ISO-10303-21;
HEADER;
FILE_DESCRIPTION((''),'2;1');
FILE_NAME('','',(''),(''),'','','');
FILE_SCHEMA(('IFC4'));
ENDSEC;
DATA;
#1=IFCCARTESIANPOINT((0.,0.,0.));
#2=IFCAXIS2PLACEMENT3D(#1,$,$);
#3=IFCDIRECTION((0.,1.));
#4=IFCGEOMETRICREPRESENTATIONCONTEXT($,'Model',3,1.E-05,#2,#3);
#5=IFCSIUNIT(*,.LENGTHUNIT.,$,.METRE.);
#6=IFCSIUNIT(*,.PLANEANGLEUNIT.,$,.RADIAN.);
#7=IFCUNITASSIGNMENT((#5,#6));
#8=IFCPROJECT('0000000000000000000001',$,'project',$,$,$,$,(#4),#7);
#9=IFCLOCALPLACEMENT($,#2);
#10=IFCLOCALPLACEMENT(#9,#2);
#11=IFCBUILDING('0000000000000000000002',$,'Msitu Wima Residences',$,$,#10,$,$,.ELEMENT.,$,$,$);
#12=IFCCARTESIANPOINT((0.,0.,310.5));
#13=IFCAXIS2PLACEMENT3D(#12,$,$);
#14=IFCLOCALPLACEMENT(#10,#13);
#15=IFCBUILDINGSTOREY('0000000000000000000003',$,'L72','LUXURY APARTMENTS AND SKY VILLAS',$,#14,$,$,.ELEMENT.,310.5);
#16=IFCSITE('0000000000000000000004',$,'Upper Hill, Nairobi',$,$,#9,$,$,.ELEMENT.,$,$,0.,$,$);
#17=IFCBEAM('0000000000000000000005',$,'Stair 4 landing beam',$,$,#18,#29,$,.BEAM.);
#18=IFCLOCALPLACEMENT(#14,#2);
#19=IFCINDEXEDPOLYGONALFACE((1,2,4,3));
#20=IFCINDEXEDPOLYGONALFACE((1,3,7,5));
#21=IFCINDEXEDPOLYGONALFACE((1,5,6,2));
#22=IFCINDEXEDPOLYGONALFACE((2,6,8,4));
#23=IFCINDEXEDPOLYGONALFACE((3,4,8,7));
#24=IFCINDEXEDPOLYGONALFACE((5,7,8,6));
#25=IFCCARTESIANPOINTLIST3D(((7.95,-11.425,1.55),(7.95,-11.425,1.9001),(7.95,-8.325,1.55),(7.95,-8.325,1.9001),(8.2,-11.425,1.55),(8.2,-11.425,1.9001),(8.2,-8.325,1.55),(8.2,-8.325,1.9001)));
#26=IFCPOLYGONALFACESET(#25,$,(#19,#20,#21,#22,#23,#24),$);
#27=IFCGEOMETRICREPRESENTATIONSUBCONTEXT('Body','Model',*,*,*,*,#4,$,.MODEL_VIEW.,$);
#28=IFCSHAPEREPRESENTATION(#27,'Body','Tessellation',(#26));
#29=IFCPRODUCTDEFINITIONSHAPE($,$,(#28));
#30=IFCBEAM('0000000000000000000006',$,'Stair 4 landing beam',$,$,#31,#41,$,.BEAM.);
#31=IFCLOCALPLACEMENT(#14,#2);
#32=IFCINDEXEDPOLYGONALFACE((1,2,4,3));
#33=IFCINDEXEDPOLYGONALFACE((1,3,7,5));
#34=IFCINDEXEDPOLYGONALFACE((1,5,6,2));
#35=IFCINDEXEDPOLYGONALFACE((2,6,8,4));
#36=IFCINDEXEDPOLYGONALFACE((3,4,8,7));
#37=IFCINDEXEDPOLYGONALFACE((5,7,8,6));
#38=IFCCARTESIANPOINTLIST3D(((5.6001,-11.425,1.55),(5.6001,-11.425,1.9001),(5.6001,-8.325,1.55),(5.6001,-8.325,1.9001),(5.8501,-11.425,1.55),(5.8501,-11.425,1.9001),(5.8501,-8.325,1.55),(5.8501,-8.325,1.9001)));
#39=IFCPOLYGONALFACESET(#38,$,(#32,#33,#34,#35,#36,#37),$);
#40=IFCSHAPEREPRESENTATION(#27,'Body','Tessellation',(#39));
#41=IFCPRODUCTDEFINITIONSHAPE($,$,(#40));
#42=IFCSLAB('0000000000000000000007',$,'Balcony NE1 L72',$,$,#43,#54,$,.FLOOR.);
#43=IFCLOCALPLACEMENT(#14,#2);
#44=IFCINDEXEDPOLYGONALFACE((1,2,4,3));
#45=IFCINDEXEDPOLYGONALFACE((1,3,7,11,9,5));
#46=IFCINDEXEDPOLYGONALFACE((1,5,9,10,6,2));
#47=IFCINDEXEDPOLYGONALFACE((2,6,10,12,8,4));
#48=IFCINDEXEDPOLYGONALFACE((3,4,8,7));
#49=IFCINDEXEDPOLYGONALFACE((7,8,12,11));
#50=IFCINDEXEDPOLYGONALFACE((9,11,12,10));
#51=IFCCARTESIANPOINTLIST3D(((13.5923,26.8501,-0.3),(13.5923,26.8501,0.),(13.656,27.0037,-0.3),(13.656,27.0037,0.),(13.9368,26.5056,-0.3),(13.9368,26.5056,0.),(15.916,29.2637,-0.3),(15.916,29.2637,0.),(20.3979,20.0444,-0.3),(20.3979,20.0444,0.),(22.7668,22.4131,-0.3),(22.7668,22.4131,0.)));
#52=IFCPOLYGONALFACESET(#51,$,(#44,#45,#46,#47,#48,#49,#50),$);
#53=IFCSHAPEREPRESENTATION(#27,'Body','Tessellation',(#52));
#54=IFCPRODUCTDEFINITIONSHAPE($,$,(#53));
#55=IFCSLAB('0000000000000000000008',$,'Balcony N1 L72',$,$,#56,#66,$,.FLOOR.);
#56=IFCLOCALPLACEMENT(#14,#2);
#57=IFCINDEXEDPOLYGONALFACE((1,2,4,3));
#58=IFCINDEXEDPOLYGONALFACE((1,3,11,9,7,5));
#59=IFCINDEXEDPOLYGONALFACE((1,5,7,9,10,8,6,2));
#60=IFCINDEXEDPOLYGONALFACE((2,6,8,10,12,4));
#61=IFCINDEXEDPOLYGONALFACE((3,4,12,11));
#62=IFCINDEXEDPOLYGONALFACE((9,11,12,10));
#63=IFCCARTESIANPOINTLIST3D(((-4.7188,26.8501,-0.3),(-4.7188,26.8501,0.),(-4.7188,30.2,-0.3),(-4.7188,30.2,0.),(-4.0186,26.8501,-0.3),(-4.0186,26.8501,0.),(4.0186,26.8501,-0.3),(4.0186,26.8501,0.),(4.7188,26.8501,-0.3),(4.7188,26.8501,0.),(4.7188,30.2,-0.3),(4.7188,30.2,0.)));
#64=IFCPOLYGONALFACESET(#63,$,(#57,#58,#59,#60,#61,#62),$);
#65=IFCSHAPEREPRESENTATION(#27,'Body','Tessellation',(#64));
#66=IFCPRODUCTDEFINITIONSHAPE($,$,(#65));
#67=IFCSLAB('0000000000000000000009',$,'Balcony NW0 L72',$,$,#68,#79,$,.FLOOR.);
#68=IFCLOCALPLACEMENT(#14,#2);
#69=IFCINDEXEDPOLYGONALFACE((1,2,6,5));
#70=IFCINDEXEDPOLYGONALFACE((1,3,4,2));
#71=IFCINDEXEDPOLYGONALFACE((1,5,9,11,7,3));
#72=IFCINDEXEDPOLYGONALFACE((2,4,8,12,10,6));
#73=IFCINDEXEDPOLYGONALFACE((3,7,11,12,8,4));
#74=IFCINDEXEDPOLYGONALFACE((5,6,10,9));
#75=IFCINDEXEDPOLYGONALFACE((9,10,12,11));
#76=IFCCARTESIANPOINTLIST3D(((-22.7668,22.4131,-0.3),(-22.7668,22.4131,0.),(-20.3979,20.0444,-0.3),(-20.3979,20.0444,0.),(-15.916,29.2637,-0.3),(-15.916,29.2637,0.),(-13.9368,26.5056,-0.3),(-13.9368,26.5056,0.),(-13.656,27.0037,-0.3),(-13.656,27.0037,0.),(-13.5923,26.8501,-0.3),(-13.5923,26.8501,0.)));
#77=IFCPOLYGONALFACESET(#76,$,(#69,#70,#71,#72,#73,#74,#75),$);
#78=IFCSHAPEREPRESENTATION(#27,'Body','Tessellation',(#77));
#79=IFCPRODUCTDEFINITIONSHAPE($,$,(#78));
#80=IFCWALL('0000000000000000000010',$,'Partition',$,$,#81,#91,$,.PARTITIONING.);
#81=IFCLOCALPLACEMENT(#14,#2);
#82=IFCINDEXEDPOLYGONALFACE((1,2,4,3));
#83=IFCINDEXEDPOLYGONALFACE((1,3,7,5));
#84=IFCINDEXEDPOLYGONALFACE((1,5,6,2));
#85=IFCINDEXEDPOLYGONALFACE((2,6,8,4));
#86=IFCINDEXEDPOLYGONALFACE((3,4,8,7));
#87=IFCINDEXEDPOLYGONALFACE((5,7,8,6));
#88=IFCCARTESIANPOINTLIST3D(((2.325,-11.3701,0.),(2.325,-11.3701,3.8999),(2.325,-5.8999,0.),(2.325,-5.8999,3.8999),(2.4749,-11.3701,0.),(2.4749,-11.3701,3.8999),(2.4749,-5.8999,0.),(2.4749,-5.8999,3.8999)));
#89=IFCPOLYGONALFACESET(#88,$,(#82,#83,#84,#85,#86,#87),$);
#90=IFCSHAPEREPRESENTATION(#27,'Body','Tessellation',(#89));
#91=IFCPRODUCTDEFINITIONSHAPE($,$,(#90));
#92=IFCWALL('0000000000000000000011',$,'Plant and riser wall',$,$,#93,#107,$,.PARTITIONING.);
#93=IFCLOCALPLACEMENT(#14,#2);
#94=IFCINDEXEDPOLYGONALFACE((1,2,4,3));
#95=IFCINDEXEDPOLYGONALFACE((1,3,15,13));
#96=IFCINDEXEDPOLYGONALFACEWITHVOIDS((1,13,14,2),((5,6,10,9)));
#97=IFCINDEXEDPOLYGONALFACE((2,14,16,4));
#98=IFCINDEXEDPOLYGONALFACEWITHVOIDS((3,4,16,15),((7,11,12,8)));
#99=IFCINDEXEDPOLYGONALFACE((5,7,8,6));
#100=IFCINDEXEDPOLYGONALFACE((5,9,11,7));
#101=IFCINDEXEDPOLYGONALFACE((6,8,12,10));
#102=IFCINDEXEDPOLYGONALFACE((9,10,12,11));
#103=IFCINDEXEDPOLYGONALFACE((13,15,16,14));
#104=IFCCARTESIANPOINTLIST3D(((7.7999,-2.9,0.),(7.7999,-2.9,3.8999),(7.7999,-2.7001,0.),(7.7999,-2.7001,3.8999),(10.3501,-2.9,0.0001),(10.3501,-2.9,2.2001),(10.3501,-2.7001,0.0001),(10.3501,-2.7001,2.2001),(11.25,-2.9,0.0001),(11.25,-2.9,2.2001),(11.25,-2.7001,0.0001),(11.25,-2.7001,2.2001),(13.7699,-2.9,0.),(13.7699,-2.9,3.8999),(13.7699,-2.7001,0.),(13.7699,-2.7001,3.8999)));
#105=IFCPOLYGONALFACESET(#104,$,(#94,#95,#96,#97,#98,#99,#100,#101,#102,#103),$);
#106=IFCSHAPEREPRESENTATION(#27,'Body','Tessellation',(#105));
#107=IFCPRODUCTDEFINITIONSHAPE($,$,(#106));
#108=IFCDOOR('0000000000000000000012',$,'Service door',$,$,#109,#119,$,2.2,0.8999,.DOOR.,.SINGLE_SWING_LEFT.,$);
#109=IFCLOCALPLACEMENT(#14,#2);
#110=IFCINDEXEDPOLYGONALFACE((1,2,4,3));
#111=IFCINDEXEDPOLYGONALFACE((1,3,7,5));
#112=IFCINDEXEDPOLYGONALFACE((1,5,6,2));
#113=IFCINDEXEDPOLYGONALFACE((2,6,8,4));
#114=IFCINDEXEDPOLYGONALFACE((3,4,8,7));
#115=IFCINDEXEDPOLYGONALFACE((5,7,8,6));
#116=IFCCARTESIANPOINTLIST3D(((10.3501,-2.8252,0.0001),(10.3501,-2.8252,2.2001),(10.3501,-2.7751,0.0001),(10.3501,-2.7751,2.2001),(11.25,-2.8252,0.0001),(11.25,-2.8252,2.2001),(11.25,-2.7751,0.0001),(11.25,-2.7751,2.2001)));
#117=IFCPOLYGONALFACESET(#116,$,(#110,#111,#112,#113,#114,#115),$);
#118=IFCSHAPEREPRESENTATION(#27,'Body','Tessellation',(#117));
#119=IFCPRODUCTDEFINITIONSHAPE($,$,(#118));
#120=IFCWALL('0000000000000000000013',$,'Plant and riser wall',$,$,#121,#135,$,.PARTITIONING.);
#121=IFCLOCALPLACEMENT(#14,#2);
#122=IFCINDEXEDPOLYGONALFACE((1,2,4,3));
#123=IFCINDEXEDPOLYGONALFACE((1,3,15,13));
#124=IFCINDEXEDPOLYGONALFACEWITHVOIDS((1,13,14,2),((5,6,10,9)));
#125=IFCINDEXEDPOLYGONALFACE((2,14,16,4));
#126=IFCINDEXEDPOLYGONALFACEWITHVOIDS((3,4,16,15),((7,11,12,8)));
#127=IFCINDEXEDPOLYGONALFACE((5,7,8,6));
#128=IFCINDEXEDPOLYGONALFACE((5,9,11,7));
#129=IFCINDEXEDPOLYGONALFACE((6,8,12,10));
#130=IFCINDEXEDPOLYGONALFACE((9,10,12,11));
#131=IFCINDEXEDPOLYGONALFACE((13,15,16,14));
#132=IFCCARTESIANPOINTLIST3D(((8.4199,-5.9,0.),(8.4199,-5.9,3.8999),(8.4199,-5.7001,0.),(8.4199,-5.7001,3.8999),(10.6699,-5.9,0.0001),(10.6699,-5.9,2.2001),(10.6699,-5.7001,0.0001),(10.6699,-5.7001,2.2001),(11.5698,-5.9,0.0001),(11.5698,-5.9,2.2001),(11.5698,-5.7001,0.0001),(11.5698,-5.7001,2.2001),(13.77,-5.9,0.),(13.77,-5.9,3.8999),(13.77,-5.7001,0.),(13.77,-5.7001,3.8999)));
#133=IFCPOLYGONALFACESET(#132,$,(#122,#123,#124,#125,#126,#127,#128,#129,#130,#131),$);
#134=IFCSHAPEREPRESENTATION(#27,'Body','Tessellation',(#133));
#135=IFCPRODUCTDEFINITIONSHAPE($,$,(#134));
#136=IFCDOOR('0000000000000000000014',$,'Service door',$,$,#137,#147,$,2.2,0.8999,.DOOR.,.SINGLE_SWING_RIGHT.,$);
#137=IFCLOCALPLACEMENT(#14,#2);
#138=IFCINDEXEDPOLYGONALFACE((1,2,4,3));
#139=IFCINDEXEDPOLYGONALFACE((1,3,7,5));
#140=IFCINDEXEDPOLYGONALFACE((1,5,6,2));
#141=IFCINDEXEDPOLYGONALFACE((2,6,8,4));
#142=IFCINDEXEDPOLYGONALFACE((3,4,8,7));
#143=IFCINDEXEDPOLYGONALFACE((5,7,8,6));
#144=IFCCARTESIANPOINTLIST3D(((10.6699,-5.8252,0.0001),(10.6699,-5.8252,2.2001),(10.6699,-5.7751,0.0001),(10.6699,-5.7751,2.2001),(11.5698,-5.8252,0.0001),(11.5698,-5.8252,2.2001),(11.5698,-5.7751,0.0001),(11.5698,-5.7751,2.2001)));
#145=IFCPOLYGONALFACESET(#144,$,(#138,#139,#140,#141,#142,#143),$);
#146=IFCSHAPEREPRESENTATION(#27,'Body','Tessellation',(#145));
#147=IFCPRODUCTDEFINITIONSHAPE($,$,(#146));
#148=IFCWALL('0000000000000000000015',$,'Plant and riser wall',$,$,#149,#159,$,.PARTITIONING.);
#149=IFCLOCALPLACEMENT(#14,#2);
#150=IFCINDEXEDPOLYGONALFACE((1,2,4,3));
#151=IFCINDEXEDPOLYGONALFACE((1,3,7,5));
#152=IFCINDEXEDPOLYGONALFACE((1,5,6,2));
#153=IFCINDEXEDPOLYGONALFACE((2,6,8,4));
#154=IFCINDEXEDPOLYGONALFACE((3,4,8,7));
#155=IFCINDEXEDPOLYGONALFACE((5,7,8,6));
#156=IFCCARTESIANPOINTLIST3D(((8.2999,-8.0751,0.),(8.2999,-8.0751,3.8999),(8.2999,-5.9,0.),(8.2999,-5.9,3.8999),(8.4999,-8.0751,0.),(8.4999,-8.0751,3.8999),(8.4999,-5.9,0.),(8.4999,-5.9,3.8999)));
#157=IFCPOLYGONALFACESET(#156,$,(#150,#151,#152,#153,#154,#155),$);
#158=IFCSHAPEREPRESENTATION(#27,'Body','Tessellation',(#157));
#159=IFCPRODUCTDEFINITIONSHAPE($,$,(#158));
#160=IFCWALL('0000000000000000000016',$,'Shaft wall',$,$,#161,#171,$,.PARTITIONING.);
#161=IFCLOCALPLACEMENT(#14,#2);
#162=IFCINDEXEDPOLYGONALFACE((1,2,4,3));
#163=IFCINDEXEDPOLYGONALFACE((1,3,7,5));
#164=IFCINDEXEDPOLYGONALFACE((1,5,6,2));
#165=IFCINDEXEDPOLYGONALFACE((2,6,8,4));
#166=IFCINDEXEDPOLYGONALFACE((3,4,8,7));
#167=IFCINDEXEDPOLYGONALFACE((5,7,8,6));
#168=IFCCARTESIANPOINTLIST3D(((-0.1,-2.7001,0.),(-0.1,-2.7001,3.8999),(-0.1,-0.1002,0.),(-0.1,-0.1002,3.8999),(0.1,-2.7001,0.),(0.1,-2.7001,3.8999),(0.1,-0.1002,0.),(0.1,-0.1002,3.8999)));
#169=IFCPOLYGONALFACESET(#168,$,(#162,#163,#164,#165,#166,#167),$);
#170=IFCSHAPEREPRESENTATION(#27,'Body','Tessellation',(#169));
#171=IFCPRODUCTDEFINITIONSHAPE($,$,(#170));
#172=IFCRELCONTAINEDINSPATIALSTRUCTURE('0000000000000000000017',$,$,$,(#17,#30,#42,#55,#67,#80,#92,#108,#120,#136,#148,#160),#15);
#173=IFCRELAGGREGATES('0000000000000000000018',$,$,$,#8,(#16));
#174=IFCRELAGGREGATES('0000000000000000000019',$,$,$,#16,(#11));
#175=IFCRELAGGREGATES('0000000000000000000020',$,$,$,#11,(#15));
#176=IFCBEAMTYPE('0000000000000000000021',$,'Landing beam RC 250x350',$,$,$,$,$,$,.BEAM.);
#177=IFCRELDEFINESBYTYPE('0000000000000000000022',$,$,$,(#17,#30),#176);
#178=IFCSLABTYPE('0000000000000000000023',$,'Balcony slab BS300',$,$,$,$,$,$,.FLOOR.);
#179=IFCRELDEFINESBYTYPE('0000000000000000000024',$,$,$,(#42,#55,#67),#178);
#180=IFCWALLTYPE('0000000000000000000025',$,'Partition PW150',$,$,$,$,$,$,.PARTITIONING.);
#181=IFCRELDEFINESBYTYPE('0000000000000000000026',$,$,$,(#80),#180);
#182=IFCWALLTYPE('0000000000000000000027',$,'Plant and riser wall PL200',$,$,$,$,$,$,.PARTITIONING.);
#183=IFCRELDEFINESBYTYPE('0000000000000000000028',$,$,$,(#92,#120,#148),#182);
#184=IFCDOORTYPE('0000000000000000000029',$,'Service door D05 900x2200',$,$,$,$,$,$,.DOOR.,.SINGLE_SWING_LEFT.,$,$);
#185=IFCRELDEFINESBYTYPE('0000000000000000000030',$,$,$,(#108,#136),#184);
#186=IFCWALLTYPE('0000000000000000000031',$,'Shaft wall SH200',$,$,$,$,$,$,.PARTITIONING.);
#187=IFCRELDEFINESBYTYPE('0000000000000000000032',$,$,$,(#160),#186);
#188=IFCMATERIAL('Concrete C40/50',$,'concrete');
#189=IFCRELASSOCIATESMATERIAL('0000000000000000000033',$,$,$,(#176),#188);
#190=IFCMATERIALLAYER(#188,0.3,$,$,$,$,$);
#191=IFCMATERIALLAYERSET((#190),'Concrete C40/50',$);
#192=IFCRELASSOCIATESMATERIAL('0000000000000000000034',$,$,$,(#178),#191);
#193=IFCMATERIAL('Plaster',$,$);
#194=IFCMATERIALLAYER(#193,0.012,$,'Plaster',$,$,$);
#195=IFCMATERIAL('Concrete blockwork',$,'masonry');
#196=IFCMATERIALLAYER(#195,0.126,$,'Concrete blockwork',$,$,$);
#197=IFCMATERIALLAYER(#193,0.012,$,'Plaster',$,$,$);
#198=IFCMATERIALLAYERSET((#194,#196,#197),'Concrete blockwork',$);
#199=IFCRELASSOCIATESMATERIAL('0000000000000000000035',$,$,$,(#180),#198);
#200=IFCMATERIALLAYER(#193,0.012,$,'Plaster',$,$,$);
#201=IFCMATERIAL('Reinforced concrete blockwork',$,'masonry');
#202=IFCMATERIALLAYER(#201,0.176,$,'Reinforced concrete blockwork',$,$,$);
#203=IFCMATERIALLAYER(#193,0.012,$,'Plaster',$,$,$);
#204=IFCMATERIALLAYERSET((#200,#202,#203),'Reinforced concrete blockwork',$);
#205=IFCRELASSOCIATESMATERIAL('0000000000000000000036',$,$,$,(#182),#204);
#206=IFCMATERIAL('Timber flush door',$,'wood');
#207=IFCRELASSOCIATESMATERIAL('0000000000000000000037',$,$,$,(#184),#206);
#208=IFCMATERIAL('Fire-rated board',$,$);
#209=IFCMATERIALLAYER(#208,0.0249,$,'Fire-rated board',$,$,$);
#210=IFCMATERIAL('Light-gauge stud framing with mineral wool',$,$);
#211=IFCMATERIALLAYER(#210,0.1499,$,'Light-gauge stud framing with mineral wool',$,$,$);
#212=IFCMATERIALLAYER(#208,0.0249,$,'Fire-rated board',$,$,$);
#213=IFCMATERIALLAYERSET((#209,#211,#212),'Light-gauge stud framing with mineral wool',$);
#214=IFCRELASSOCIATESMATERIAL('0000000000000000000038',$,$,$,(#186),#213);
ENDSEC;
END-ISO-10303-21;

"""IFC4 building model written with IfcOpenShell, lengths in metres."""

from ifc_helpers import new_model, si_unit, direction, frame, frame_2d, origin, origin_2d, place, context, subcontext, project, spatial, polyline, rectangle, outline, extrude, material, layer, layer_set, material_profile, profile_set, type_object, element, fill, save


model = new_model("IFC4")

# Units and contexts
model_context = context("Model", 3, precision=1e-05, world=origin(), true_north=direction((0.0, 1.0)))
body_context = subcontext(model_context, "Body", "Model", "MODEL_VIEW")
ifc_project = project(units=[si_unit("LENGTHUNIT", "METRE"), si_unit("PLANEANGLEUNIT", "RADIAN")], contexts=[model_context])

# Site, building, storey
site_placement = place(None, origin())
site = spatial("IfcSite", under=ifc_project, at=site_placement, Name="Upper Hill, Nairobi", CompositionType="ELEMENT", RefElevation=0.0)
building_placement = place(site_placement, origin())
building = spatial("IfcBuilding", under=site, at=building_placement, Name="Msitu Wima Residences", CompositionType="ELEMENT")
storey_placement = place(building_placement, frame((0.0, 0.0, 310.5)))
storey = spatial("IfcBuildingStorey", under=building, at=storey_placement, Name="L72", Description="LUXURY APARTMENTS AND SKY VILLAS", CompositionType="ELEMENT", Elevation=310.5)

# Beams
ifc_material_1 = material(Name="Concrete C40/50", Category="concrete")
ifc_material_profile = material_profile(ifc_material_1, rectangle(XDim=0.25, YDim=0.3501, at=origin_2d()), Name="RC 250x350")
ifc_profile_set = profile_set([ifc_material_profile], Name="Concrete C40/50")
beam_type = type_object("IfcBeamType", Name="Landing beam RC 250x350", PredefinedType="BEAM", material=ifc_profile_set)
for number, where, z_axis, x_axis, name in (
    (1, (8.075, -11.425, 1.7251), (0.0, 1.0, 0.0), (-1.0, 0.0, 0.0), "Stair 4 landing beam"),
    (2, (5.7251, -11.425, 1.7251), (0.0, 1.0, 0.0), (-1.0, 0.0, 0.0), "Stair 4 landing beam"),
):
    element("IfcBeam", number, at=place(storey_placement, frame(where, z_axis=z_axis, x_axis=x_axis)), inside=storey, type_object=beam_type, Name=name, PredefinedType="BEAM", context=body_context, shape_type="SweptSolid", body=[
        extrude(rectangle(XDim=0.25, YDim=0.3501, at=origin_2d()), origin(), (0.0, 0.0, 1.0), 3.1001),
    ])

# Slabs
ifc_layer_1 = layer(ifc_material_1, 0.3)
ifc_layer_set_1 = layer_set([ifc_layer_1], Name="Concrete C40/50")
slab_type = type_object("IfcSlabType", Name="Balcony slab BS300", PredefinedType="FLOOR", material=ifc_layer_set_1)
slab_1_placement = place(storey_placement, frame((0.0, 0.0, -0.3)))
element("IfcSlab", 3, at=slab_1_placement, inside=storey, type_object=slab_type, Name="Balcony NE1 L72", PredefinedType="FLOOR", context=body_context, shape_type="SweptSolid", body=[
    extrude(outline(polyline([(13.9368, 26.5056), (13.9368, 26.5056), (13.5923, 26.8501), (13.656, 27.0037), (15.916, 29.2637), (22.7668, 22.4131), (20.3979, 20.0444), (13.9368, 26.5056), (13.9368, 26.5056)])), origin(), (0.0, 0.0, 1.0), 0.3),
])
slab_2_placement = place(storey_placement, frame((0.0, 0.0, -0.3)))
element("IfcSlab", 4, at=slab_2_placement, inside=storey, type_object=slab_type, Name="Balcony N1 L72", PredefinedType="FLOOR", context=body_context, shape_type="SweptSolid", body=[
    extrude(outline(polyline([(4.0186, 26.8501), (-4.0186, 26.8501), (-4.7188, 26.8501), (-4.7188, 30.2), (4.7188, 30.2), (4.7188, 26.8501), (4.0186, 26.8501)])), origin(), (0.0, 0.0, 1.0), 0.3),
])
slab_3_placement = place(storey_placement, frame((0.0, 0.0, -0.3)))
element("IfcSlab", 5, at=slab_3_placement, inside=storey, type_object=slab_type, Name="Balcony NW0 L72", PredefinedType="FLOOR", context=body_context, shape_type="SweptSolid", body=[
    extrude(outline(polyline([(-13.9368, 26.5056), (-13.9368, 26.5056), (-20.3979, 20.0444), (-22.7668, 22.4131), (-15.916, 29.2637), (-13.656, 27.0037), (-13.5923, 26.8501), (-13.9368, 26.5056), (-13.9368, 26.5056)])), origin(), (0.0, 0.0, 1.0), 0.3),
])

# Wall
ifc_material_2 = material(Name="Plaster")
ifc_layer_2 = layer(ifc_material_2, 0.012, Name="Plaster")
ifc_material_3 = material(Name="Concrete blockwork", Category="masonry")
ifc_layer_3 = layer(ifc_material_3, 0.126, Name="Concrete blockwork")
ifc_layer_4 = layer(ifc_material_2, 0.012, Name="Plaster")
ifc_layer_set_2 = layer_set([ifc_layer_2, ifc_layer_3, ifc_layer_4], Name="Concrete blockwork")
wall_type_1 = type_object("IfcWallType", Name="Partition PW150", PredefinedType="PARTITIONING", material=ifc_layer_set_2)
wall_1_placement = place(storey_placement, frame((2.3999, -11.3701, 0.0), z_axis=(0.0, 0.0, 1.0), x_axis=(0.0, 1.0, 0.0)))
element("IfcWall", 6, at=wall_1_placement, inside=storey, type_object=wall_type_1, Name="Partition", PredefinedType="PARTITIONING", context=body_context, shape_type="SweptSolid", body=[
    extrude(rectangle(XDim=5.4702, YDim=0.1499, at=frame_2d((2.7351, 0.0))), origin(), (0.0, 0.0, 1.0), 3.8999),
])

# Walls, openings, doors
ifc_layer_5 = layer(ifc_material_2, 0.012, Name="Plaster")
ifc_material_4 = material(Name="Reinforced concrete blockwork", Category="masonry")
ifc_layer_6 = layer(ifc_material_4, 0.176, Name="Reinforced concrete blockwork")
ifc_layer_7 = layer(ifc_material_2, 0.012, Name="Plaster")
ifc_layer_set_3 = layer_set([ifc_layer_5, ifc_layer_6, ifc_layer_7], Name="Reinforced concrete blockwork")
wall_type_2 = type_object("IfcWallType", Name="Plant and riser wall PL200", PredefinedType="PARTITIONING", material=ifc_layer_set_3)
wall_2_placement = place(storey_placement, frame((7.8, -2.8, 0.0), z_axis=(0.0, 0.0, 1.0), x_axis=(1.0, 0.0, 0.0)))
wall_2 = element("IfcWall", 7, at=wall_2_placement, inside=storey, type_object=wall_type_2, Name="Plant and riser wall", PredefinedType="PARTITIONING", context=body_context, shape_type="SweptSolid", body=[
    extrude(rectangle(XDim=5.97, YDim=0.2, at=frame_2d((2.9849, 0.0))), origin(), (0.0, 0.0, 1.0), 3.8999),
])
opening_1_placement = place(wall_2_placement, frame((2.55, 0.0, 0.0)))
opening_1 = element("IfcOpeningElement", 8, at=opening_1_placement, cuts=wall_2, PredefinedType="OPENING", context=body_context, shape_type="SweptSolid", body=[
    extrude(rectangle(XDim=0.8999, YDim=2.2, at=frame_2d((0.45, 1.1001))), frame((0.0, 0.1099, 0.0), z_axis=(0.0, -1.0, 0.0), x_axis=(1.0, 0.0, 0.0)), (0.0, 0.0, 1.0), 0.22),
])
ifc_material_5 = material(Name="Timber flush door", Category="wood")
door_type = type_object("IfcDoorType", Name="Service door D05 900x2200", OperationType="SINGLE_SWING_LEFT", PredefinedType="DOOR", material=ifc_material_5)
door_1_placement = place(opening_1_placement, origin())
door_1 = element("IfcDoor", 9, at=door_1_placement, inside=storey, type_object=door_type, Name="Service door", OperationType="SINGLE_SWING_LEFT", OverallHeight=2.2, OverallWidth=0.8999, PredefinedType="DOOR", context=body_context, shape_type="SweptSolid", body=[
    extrude(rectangle(XDim=0.8999, YDim=2.2, at=frame_2d((0.45, 1.1001))), frame((0.0, 0.0249, 0.0), z_axis=(0.0, -1.0, 0.0), x_axis=(1.0, 0.0, 0.0)), (0.0, 0.0, 1.0), 0.05),
])
fill(opening_1, door_1)
wall_3_placement = place(storey_placement, frame((8.4199, -5.8, 0.0), z_axis=(0.0, 0.0, 1.0), x_axis=(1.0, 0.0, 0.0)))
wall_3 = element("IfcWall", 10, at=wall_3_placement, inside=storey, type_object=wall_type_2, Name="Plant and riser wall", PredefinedType="PARTITIONING", context=body_context, shape_type="SweptSolid", body=[
    extrude(rectangle(XDim=5.3501, YDim=0.2, at=frame_2d((2.675, 0.0))), origin(), (0.0, 0.0, 1.0), 3.8999),
])
opening_2_placement = place(wall_3_placement, frame((2.25, 0.0, 0.0)))
opening_2 = element("IfcOpeningElement", 11, at=opening_2_placement, cuts=wall_3, PredefinedType="OPENING", context=body_context, shape_type="SweptSolid", body=[
    extrude(rectangle(XDim=0.8999, YDim=2.2, at=frame_2d((0.45, 1.1001))), frame((0.0, 0.1099, 0.0), z_axis=(0.0, -1.0, 0.0), x_axis=(1.0, 0.0, 0.0)), (0.0, 0.0, 1.0), 0.22),
])
door_2_placement = place(opening_2_placement, origin())
door_2 = element("IfcDoor", 12, at=door_2_placement, inside=storey, type_object=door_type, Name="Service door", OperationType="SINGLE_SWING_RIGHT", OverallHeight=2.2, OverallWidth=0.8999, PredefinedType="DOOR", context=body_context, shape_type="SweptSolid", body=[
    extrude(rectangle(XDim=0.8999, YDim=2.2, at=frame_2d((0.45, 1.1001))), frame((0.0, 0.0249, 0.0), z_axis=(0.0, -1.0, 0.0), x_axis=(1.0, 0.0, 0.0)), (0.0, 0.0, 1.0), 0.05),
])
fill(opening_2, door_2)

# Walls
wall_4_placement = place(storey_placement, frame((8.3999, -8.075, 0.0), z_axis=(0.0, 0.0, 1.0), x_axis=(0.0, 1.0, 0.0)))
element("IfcWall", 13, at=wall_4_placement, inside=storey, type_object=wall_type_2, Name="Plant and riser wall", PredefinedType="PARTITIONING", context=body_context, shape_type="SweptSolid", body=[
    extrude(rectangle(XDim=2.175, YDim=0.2, at=frame_2d((1.0874, 0.0))), origin(), (0.0, 0.0, 1.0), 3.8999),
])
ifc_material_6 = material(Name="Fire-rated board")
ifc_layer_8 = layer(ifc_material_6, 0.0249, Name="Fire-rated board")
ifc_material_7 = material(Name="Light-gauge stud framing with mineral wool")
ifc_layer_9 = layer(ifc_material_7, 0.1499, Name="Light-gauge stud framing with mineral wool")
ifc_layer_10 = layer(ifc_material_6, 0.0249, Name="Fire-rated board")
ifc_layer_set_4 = layer_set([ifc_layer_8, ifc_layer_9, ifc_layer_10], Name="Light-gauge stud framing with mineral wool")
wall_type_3 = type_object("IfcWallType", Name="Shaft wall SH200", PredefinedType="PARTITIONING", material=ifc_layer_set_4)
for number, where, z_axis, x_axis, name in (
    (14, (0.0, -2.7, 0.0), (0.0, 0.0, 1.0), (0.0, 1.0, 0.0), "Shaft wall"),
):
    element("IfcWall", number, at=place(storey_placement, frame(where, z_axis=z_axis, x_axis=x_axis)), inside=storey, type_object=wall_type_3, Name=name, PredefinedType="PARTITIONING", context=body_context, shape_type="SweptSolid", body=[
        extrude(rectangle(XDim=2.5999, YDim=0.2, at=frame_2d((1.2998, 0.0))), origin(), (0.0, 0.0, 1.0), 3.8999),
    ])

save(model, "model.ifc")
